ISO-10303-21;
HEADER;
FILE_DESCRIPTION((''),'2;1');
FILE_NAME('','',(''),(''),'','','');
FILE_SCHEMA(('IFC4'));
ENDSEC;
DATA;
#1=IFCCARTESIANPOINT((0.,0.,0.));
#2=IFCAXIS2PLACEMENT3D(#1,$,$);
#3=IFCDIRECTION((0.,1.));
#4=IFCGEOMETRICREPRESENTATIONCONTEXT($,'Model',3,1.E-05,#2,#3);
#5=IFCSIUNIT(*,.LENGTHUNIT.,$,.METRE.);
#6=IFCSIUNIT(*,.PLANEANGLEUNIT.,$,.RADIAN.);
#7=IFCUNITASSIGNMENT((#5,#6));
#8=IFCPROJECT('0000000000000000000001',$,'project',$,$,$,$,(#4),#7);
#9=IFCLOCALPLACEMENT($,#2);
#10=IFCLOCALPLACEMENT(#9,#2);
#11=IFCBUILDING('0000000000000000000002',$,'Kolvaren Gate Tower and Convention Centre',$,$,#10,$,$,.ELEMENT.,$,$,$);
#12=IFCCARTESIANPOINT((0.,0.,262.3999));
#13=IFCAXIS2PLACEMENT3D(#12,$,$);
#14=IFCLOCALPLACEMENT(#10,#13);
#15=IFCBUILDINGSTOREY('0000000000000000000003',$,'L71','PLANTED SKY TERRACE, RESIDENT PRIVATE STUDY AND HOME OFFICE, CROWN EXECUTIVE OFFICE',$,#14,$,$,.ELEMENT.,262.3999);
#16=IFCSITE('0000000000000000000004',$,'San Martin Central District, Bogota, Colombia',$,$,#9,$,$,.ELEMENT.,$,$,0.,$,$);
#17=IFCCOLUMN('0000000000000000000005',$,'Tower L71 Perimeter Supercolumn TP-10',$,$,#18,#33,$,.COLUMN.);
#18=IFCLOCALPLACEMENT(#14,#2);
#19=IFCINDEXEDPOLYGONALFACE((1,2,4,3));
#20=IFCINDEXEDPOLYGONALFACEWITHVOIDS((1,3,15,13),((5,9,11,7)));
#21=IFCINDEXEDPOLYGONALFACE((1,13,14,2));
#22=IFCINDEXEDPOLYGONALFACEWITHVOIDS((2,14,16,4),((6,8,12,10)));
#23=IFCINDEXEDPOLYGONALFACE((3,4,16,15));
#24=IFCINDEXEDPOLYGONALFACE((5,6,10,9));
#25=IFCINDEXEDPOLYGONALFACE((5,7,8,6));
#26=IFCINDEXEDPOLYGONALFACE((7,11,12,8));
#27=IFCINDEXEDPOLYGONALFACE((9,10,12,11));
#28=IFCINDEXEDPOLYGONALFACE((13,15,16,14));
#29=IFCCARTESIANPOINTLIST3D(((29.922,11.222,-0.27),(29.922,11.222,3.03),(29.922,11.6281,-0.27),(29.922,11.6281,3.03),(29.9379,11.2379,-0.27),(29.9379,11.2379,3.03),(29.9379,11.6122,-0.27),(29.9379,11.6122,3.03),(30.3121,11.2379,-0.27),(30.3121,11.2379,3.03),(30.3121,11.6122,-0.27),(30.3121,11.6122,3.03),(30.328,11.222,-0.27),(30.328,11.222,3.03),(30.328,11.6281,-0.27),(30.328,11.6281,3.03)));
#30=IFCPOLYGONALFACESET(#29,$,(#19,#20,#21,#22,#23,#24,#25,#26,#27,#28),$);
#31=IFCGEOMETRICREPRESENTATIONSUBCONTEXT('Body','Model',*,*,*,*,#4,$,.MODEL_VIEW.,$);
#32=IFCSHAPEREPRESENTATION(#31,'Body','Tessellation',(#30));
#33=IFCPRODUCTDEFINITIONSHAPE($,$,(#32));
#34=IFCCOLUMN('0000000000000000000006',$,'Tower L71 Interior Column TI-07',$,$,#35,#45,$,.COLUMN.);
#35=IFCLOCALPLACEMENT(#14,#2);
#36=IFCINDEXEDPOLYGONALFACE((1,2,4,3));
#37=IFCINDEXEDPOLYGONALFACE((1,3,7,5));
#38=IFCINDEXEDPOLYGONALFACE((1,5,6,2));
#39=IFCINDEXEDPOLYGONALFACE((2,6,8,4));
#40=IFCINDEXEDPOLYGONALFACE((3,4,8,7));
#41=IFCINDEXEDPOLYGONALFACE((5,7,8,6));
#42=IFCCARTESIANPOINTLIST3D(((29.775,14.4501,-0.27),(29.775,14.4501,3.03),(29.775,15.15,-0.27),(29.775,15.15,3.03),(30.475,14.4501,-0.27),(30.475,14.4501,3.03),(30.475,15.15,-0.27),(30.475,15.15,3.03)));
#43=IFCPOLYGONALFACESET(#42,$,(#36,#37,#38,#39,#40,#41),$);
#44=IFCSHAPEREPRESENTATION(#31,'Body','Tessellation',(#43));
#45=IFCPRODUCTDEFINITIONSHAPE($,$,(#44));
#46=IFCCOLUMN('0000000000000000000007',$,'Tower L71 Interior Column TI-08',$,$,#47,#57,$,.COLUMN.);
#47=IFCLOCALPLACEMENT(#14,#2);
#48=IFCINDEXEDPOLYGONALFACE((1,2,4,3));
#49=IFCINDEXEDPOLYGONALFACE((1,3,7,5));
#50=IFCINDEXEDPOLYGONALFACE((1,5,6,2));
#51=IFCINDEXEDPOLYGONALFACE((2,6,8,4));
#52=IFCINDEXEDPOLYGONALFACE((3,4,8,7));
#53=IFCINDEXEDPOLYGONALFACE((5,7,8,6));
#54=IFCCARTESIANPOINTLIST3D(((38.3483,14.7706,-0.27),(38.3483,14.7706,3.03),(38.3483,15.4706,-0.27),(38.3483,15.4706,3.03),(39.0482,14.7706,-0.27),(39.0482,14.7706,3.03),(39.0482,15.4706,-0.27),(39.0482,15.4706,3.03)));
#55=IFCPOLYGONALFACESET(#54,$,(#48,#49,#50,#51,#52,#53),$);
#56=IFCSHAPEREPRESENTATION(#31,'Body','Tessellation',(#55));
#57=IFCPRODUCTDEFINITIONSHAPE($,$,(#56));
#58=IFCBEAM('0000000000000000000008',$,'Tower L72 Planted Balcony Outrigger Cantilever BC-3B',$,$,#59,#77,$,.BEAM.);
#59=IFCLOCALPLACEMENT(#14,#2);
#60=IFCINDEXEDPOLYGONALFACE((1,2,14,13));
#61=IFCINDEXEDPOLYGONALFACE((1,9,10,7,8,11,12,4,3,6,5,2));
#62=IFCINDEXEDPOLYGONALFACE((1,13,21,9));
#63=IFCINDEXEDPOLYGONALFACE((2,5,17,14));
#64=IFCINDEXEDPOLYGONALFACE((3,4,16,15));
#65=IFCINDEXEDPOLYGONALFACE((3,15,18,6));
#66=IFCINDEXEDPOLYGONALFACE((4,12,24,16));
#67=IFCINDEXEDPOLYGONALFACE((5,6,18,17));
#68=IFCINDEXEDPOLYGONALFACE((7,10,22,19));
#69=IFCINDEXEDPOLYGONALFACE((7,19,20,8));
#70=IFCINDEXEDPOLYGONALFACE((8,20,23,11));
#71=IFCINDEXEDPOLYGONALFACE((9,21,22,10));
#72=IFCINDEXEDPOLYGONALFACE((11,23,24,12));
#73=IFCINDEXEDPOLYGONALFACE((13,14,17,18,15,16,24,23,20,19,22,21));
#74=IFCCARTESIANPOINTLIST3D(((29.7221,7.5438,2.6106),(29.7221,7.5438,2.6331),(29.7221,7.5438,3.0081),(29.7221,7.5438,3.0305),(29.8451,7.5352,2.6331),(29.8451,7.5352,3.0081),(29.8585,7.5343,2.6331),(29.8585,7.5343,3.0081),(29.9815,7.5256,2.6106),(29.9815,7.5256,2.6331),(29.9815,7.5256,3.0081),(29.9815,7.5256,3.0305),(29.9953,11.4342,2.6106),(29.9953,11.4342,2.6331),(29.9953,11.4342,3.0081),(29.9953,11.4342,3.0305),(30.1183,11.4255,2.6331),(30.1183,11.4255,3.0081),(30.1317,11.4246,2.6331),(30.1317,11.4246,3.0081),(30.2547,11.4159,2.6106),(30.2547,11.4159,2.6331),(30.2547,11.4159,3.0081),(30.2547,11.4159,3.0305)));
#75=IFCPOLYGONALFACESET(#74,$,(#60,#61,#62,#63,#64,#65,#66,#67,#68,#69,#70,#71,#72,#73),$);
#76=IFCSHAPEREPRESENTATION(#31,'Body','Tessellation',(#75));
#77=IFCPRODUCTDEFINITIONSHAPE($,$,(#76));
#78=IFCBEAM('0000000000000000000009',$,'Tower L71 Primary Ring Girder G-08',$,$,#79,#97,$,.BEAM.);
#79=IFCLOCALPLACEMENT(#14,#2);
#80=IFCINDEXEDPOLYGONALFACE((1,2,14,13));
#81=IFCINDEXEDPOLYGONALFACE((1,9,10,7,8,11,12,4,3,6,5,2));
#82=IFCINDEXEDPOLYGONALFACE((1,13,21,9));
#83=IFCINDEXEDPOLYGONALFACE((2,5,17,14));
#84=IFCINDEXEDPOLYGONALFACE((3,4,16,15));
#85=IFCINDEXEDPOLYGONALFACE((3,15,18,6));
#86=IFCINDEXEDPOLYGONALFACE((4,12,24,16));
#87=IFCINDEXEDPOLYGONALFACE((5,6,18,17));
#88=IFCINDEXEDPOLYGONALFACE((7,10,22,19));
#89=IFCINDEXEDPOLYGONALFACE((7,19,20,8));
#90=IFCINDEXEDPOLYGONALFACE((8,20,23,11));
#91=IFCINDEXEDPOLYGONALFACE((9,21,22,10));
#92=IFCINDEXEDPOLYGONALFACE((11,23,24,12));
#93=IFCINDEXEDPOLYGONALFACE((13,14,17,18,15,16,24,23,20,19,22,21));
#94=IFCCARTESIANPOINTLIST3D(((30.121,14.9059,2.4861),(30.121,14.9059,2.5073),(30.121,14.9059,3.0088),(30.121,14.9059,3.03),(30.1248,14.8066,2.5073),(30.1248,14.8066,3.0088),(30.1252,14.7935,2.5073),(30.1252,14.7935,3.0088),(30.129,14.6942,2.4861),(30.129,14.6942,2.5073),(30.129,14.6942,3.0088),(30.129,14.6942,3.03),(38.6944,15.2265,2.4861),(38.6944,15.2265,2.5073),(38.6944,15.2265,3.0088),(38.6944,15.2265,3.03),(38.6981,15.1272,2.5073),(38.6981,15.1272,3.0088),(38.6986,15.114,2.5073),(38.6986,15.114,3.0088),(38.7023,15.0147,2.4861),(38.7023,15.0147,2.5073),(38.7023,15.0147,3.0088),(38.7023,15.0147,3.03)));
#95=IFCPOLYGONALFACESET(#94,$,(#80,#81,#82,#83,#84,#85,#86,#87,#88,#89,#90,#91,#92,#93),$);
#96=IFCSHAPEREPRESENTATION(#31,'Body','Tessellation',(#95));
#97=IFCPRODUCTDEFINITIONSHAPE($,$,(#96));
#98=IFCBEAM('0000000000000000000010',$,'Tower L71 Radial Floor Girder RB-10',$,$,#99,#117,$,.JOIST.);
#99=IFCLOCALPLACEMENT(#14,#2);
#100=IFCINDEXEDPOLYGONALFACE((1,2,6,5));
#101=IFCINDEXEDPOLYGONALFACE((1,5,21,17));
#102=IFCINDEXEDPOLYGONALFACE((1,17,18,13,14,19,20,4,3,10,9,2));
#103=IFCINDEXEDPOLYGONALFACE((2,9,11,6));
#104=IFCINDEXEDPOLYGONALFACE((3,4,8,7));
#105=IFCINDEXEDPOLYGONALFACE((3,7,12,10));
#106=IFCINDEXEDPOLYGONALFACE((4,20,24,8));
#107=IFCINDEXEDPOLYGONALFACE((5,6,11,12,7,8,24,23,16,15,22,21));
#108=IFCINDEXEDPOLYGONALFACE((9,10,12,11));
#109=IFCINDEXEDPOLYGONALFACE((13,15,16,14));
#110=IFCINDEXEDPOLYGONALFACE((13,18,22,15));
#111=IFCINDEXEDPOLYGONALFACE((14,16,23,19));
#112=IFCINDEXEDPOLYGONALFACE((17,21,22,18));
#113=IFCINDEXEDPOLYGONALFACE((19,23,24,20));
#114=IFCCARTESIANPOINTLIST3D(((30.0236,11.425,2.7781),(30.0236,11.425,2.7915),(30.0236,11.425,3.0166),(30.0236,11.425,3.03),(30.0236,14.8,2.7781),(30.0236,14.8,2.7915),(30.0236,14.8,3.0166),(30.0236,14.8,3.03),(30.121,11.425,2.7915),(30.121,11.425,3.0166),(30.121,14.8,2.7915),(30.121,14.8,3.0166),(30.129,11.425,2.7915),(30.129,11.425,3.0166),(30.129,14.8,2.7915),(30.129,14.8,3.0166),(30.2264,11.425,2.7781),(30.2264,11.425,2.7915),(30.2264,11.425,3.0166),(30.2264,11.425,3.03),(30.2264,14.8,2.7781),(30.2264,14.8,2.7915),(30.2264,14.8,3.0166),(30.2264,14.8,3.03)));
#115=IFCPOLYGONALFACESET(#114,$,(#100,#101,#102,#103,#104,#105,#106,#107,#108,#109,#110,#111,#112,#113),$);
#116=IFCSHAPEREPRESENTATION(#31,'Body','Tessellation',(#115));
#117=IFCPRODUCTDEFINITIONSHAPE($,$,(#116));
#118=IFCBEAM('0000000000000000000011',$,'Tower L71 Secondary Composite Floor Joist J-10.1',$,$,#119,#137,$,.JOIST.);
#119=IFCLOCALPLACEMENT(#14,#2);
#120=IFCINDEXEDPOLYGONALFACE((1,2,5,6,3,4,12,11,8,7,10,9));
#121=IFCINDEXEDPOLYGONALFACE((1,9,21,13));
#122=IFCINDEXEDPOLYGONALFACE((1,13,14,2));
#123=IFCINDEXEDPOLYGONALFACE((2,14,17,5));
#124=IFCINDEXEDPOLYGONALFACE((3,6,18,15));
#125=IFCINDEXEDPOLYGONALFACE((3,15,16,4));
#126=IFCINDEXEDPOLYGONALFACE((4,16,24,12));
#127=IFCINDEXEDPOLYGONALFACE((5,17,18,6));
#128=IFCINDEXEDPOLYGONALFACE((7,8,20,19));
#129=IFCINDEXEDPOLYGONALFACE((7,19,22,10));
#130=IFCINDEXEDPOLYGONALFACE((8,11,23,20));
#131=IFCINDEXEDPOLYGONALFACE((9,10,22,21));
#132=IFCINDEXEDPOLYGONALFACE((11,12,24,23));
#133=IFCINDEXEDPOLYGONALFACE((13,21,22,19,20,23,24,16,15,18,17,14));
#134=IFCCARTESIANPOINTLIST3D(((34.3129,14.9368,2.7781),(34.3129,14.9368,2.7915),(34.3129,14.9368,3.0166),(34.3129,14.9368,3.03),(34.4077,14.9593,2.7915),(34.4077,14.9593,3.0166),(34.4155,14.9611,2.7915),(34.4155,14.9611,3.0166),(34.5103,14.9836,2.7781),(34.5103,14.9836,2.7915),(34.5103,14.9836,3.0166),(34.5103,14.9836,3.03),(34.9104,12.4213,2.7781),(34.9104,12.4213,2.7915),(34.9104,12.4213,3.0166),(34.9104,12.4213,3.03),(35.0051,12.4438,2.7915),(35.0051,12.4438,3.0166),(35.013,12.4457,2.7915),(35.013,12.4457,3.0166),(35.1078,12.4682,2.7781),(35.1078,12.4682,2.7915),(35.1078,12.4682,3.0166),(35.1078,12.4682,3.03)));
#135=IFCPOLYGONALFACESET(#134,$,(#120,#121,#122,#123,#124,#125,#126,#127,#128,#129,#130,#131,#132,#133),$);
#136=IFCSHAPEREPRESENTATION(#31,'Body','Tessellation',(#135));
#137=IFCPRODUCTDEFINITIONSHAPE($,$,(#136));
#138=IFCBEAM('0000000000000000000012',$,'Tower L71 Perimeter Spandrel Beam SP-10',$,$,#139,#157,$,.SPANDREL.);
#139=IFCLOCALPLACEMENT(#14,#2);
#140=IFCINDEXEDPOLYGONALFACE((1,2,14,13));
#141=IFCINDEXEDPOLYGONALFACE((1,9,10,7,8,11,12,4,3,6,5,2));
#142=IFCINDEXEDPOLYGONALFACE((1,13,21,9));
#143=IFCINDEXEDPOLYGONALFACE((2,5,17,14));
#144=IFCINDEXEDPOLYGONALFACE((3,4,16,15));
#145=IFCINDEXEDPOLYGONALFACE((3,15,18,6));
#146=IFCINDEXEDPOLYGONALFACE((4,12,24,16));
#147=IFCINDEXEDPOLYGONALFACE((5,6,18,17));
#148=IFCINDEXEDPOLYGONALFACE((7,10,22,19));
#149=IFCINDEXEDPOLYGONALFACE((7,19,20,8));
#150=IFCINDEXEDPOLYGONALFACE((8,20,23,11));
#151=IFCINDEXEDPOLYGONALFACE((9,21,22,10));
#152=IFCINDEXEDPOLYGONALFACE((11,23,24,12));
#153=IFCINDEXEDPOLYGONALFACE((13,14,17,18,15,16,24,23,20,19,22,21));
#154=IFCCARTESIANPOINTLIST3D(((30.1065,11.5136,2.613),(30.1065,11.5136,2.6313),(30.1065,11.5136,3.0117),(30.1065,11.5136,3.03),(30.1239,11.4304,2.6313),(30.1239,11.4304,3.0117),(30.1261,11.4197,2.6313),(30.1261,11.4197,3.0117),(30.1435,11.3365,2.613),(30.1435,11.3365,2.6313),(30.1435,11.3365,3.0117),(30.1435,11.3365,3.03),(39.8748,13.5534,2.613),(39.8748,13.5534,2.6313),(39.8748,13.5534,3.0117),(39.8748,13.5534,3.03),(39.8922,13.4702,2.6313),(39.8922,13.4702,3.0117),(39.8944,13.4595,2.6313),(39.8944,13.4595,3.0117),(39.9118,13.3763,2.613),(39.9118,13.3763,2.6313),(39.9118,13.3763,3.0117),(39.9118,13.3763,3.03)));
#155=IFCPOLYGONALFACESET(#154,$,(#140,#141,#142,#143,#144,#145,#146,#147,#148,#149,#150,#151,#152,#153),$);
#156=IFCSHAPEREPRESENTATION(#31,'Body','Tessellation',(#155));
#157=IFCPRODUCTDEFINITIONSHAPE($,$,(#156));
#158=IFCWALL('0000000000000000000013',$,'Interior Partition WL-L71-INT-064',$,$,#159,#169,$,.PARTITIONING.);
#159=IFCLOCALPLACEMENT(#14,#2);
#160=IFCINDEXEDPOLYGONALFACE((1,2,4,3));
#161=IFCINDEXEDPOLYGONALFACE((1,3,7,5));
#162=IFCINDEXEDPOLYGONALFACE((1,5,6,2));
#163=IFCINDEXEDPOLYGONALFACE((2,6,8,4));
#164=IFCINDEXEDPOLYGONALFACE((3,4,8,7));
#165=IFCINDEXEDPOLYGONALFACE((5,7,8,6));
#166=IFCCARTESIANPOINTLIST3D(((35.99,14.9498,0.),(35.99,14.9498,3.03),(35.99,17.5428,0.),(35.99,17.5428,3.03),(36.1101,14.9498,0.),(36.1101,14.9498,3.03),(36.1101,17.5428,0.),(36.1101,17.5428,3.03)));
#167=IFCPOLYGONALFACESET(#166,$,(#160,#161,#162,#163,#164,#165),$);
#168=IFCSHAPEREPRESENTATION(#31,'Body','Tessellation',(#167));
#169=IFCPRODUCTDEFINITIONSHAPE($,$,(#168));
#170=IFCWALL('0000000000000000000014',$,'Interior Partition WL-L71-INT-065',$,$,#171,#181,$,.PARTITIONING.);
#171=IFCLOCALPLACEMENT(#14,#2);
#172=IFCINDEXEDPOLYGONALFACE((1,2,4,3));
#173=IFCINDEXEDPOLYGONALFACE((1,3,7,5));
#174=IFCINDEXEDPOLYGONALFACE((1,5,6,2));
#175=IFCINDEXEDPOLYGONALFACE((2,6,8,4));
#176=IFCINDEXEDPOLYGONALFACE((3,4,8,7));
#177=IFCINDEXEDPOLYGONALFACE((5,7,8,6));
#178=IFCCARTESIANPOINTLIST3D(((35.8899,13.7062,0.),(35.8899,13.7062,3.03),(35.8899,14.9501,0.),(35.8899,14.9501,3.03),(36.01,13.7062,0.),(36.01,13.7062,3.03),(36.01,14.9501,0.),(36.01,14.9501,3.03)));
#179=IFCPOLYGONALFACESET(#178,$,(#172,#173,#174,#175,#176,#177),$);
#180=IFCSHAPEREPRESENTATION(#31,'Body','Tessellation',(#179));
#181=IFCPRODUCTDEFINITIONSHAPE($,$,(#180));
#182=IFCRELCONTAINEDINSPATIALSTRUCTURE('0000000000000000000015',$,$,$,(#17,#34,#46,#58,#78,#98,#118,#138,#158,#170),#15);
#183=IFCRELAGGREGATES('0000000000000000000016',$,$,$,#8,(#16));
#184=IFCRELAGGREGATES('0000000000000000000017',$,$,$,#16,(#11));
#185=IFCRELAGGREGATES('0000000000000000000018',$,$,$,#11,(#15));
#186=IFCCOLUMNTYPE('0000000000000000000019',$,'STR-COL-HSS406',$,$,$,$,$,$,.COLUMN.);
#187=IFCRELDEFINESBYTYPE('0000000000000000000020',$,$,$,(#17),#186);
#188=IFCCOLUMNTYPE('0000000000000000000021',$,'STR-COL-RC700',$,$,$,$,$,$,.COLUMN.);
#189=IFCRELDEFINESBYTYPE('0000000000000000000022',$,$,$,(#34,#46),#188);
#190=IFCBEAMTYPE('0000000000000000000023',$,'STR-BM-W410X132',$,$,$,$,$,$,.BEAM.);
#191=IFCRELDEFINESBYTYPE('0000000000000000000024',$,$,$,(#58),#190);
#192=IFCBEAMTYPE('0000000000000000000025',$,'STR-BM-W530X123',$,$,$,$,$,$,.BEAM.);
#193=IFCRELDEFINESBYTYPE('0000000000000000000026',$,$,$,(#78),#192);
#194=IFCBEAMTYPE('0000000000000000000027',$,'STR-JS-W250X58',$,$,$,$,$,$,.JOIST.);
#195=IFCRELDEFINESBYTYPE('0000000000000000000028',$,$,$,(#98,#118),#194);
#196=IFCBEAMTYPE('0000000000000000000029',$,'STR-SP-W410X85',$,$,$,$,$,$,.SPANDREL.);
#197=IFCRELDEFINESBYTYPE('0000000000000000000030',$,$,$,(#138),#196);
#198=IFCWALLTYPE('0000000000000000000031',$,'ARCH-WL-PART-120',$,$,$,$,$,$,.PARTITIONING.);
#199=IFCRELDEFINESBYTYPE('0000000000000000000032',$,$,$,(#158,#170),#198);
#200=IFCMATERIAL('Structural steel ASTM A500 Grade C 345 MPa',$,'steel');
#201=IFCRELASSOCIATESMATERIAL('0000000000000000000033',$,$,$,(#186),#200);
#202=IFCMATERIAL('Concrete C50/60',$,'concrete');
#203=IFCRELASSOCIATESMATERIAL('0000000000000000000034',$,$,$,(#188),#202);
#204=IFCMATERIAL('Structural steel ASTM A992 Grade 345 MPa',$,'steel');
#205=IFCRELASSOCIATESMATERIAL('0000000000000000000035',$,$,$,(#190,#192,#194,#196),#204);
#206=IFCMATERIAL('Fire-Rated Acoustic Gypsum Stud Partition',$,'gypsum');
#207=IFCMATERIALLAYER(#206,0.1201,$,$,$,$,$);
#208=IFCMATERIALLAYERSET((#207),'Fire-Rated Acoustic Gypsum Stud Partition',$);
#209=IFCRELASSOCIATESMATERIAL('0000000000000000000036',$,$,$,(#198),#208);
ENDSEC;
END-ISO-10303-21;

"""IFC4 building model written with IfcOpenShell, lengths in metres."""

from ifc_helpers import new_model, si_unit, direction, frame, frame_2d, origin, origin_2d, place, context, subcontext, project, spatial, rectangle, hollow_rectangle, i_section, extrude, material, layer, layer_set, material_profile, profile_set, type_object, element, save


model = new_model("IFC4")

# Units and contexts
model_context = context("Model", 3, precision=1e-05, world=origin(), true_north=direction((0.0, 1.0)))
body_context = subcontext(model_context, "Body", "Model", "MODEL_VIEW")
ifc_project = project(units=[si_unit("LENGTHUNIT", "METRE"), si_unit("PLANEANGLEUNIT", "RADIAN")], contexts=[model_context])

# Site, building, storey
site_placement = place(None, origin())
site = spatial("IfcSite", under=ifc_project, at=site_placement, Name="San Martin Central District, Bogota, Colombia", CompositionType="ELEMENT", RefElevation=0.0)
building_placement = place(site_placement, origin())
building = spatial("IfcBuilding", under=site, at=building_placement, Name="Kolvaren Gate Tower and Convention Centre", CompositionType="ELEMENT")
storey_placement = place(building_placement, frame((0.0, 0.0, 262.3999)))
storey = spatial("IfcBuildingStorey", under=building, at=storey_placement, Name="L71", Description="PLANTED SKY TERRACE, RESIDENT PRIVATE STUDY AND HOME OFFICE, CROWN EXECUTIVE OFFICE", CompositionType="ELEMENT", Elevation=262.3999)

# Columns
ifc_material_1 = material(Name="Structural steel ASTM A500 Grade C 345 MPa", Category="steel")
ifc_material_profile_1 = material_profile(ifc_material_1, hollow_rectangle(XDim=0.406, YDim=0.406, WallThickness=0.0159, at=origin_2d()), Name="HSS406X406X15.9")
ifc_profile_set_1 = profile_set([ifc_material_profile_1], Name="Structural steel ASTM A500 Grade C 345 MPa")
column_type_1 = type_object("IfcColumnType", Name="STR-COL-HSS406", PredefinedType="COLUMN", material=ifc_profile_set_1)
column_placement = place(storey_placement, frame((30.125, 11.425, -0.27), z_axis=(0.0, 0.0, 1.0), x_axis=(1.0, 0.0, 0.0)))
element("IfcColumn", 1, at=column_placement, inside=storey, type_object=column_type_1, Name="Tower L71 Perimeter Supercolumn TP-10", PredefinedType="COLUMN", context=body_context, shape_type="SweptSolid", body=[
    extrude(hollow_rectangle(XDim=0.406, YDim=0.406, WallThickness=0.0159, at=origin_2d()), origin(), (0.0, 0.0, 1.0), 3.3),
])
ifc_material_2 = material(Name="Concrete C50/60", Category="concrete")
ifc_material_profile_2 = material_profile(ifc_material_2, rectangle(XDim=0.7, YDim=0.7, at=origin_2d()), Name="RC-COL-700X700")
ifc_profile_set_2 = profile_set([ifc_material_profile_2], Name="Concrete C50/60")
column_type_2 = type_object("IfcColumnType", Name="STR-COL-RC700", PredefinedType="COLUMN", material=ifc_profile_set_2)
for number, where, z_axis, x_axis, name in (
    (2, (30.125, 14.8, -0.27), (0.0, 0.0, 1.0), (1.0, 0.0, 0.0), "Tower L71 Interior Column TI-07"),
    (3, (38.6982, 15.1206, -0.27), (0.0, 0.0, 1.0), (1.0, 0.0, 0.0), "Tower L71 Interior Column TI-08"),
):
    element("IfcColumn", number, at=place(storey_placement, frame(where, z_axis=z_axis, x_axis=x_axis)), inside=storey, type_object=column_type_2, Name=name, PredefinedType="COLUMN", context=body_context, shape_type="SweptSolid", body=[
        extrude(rectangle(XDim=0.7, YDim=0.7, at=origin_2d()), origin(), (0.0, 0.0, 1.0), 3.3),
    ])

# Beams
ifc_material_3 = material(Name="Structural steel ASTM A992 Grade 345 MPa", Category="steel")
ifc_material_profile_3 = material_profile(ifc_material_3, i_section(OverallWidth=0.26, OverallDepth=0.4199, WebThickness=0.0134, FlangeThickness=0.0225, at=origin_2d()), Name="W410X132")
ifc_profile_set_3 = profile_set([ifc_material_profile_3], Name="Structural steel ASTM A992 Grade 345 MPa")
beam_type_1 = type_object("IfcBeamType", Name="STR-BM-W410X132", PredefinedType="BEAM", material=ifc_profile_set_3)
beam_1_placement = place(storey_placement, frame((30.125, 11.425, 2.8206), z_axis=(-0.07005, -0.997543, 0.0), x_axis=(0.997543, -0.07005, 0.0)))
element("IfcBeam", 4, at=beam_1_placement, inside=storey, type_object=beam_type_1, Name="Tower L72 Planted Balcony Outrigger Cantilever BC-3B", PredefinedType="BEAM", context=body_context, shape_type="SweptSolid", body=[
    extrude(i_section(OverallWidth=0.26, OverallDepth=0.4199, WebThickness=0.0134, FlangeThickness=0.0225, at=origin_2d()), origin(), (0.0, 0.0, 1.0), 3.8999),
])
ifc_material_profile_4 = material_profile(ifc_material_3, i_section(OverallWidth=0.2119, OverallDepth=0.5439, WebThickness=0.0132, FlangeThickness=0.0212, at=origin_2d()), Name="W530X123")
ifc_profile_set_4 = profile_set([ifc_material_profile_4], Name="Structural steel ASTM A992 Grade 345 MPa")
beam_type_2 = type_object("IfcBeamType", Name="STR-BM-W530X123", PredefinedType="BEAM", material=ifc_profile_set_4)
beam_2_placement = place(storey_placement, frame((30.125, 14.8, 2.7581), z_axis=(0.999302, 0.037364, 0.0), x_axis=(-0.037364, 0.999302, 0.0)))
element("IfcBeam", 5, at=beam_2_placement, inside=storey, type_object=beam_type_2, Name="Tower L71 Primary Ring Girder G-08", PredefinedType="BEAM", context=body_context, shape_type="SweptSolid", body=[
    extrude(i_section(OverallWidth=0.2119, OverallDepth=0.5439, WebThickness=0.0132, FlangeThickness=0.0212, at=origin_2d()), origin(), (0.0, 0.0, 1.0), 8.5793),
])
ifc_material_profile_5 = material_profile(ifc_material_3, i_section(OverallWidth=0.2029, OverallDepth=0.252, WebThickness=0.0081, FlangeThickness=0.0134, at=origin_2d()), Name="W250X58")
ifc_profile_set_5 = profile_set([ifc_material_profile_5], Name="Structural steel ASTM A992 Grade 345 MPa")
beam_type_3 = type_object("IfcBeamType", Name="STR-JS-W250X58", PredefinedType="JOIST", material=ifc_profile_set_5)
beam_3_placement = place(storey_placement, frame((30.125, 14.8, 2.9041), z_axis=(0.0, -1.0, 0.0), x_axis=(1.0, 0.0, 0.0)))
element("IfcBeam", 6, at=beam_3_placement, inside=storey, type_object=beam_type_3, Name="Tower L71 Radial Floor Girder RB-10", PredefinedType="JOIST", context=body_context, shape_type="SweptSolid", body=[
    extrude(i_section(OverallWidth=0.2029, OverallDepth=0.252, WebThickness=0.0081, FlangeThickness=0.0134, at=origin_2d()), origin(), (0.0, 0.0, 1.0), 3.375),
])
beam_4_placement = place(storey_placement, frame((34.4116, 14.9602, 2.9041), z_axis=(0.231076, -0.972936, 0.0), x_axis=(0.972936, 0.231076, 0.0)))
element("IfcBeam", 7, at=beam_4_placement, inside=storey, type_object=beam_type_3, Name="Tower L71 Secondary Composite Floor Joist J-10.1", PredefinedType="JOIST", context=body_context, shape_type="SweptSolid", body=[
    extrude(i_section(OverallWidth=0.2029, OverallDepth=0.252, WebThickness=0.0081, FlangeThickness=0.0134, at=origin_2d()), origin(), (0.0, 0.0, 1.0), 2.5854),
])
ifc_material_profile_6 = material_profile(ifc_material_3, i_section(OverallWidth=0.1809, OverallDepth=0.417, WebThickness=0.011, FlangeThickness=0.0183, at=origin_2d()), Name="W410X85")
ifc_profile_set_6 = profile_set([ifc_material_profile_6], Name="Structural steel ASTM A992 Grade 345 MPa")
beam_type_4 = type_object("IfcBeamType", Name="STR-SP-W410X85", PredefinedType="SPANDREL", material=ifc_profile_set_6)
beam_5_placement = place(storey_placement, frame((30.125, 11.425, 2.8215), z_axis=(0.978886, 0.204409, 0.0), x_axis=(-0.204409, 0.978886, 0.0)))
element("IfcBeam", 8, at=beam_5_placement, inside=storey, type_object=beam_type_4, Name="Tower L71 Perimeter Spandrel Beam SP-10", PredefinedType="SPANDREL", context=body_context, shape_type="SweptSolid", body=[
    extrude(i_section(OverallWidth=0.1809, OverallDepth=0.417, WebThickness=0.011, FlangeThickness=0.0183, at=origin_2d()), origin(), (0.0, 0.0, 1.0), 9.979),
])

# Walls
ifc_material_4 = material(Name="Fire-Rated Acoustic Gypsum Stud Partition", Category="gypsum")
ifc_layer_1 = layer(ifc_material_4, 0.1201)
ifc_layer_set_1 = layer_set([ifc_layer_1], Name="Fire-Rated Acoustic Gypsum Stud Partition")
wall_type_1 = type_object("IfcWallType", Name="ARCH-WL-PART-120", PredefinedType="PARTITIONING", material=ifc_layer_set_1)
wall_1_placement = place(storey_placement, frame((36.05, 14.95, 0.0), z_axis=(0.0, 0.0, 1.0), x_axis=(0.0, 1.0, 0.0)))
element("IfcWall", 9, at=wall_1_placement, inside=storey, type_object=wall_type_1, Name="Interior Partition WL-L71-INT-064", PredefinedType="PARTITIONING", context=body_context, shape_type="SweptSolid", body=[
    extrude(rectangle(XDim=2.593, YDim=0.1201, at=frame_2d((1.2964, 0.0))), origin(), (0.0, 0.0, 1.0), 3.03),
])
wall_2_placement = place(storey_placement, frame((35.95, 13.7061, 0.0), z_axis=(0.0, 0.0, 1.0), x_axis=(0.0, 1.0, 0.0)))
element("IfcWall", 10, at=wall_2_placement, inside=storey, type_object=wall_type_1, Name="Interior Partition WL-L71-INT-065", PredefinedType="PARTITIONING", context=body_context, shape_type="SweptSolid", body=[
    extrude(rectangle(XDim=1.2439, YDim=0.1201, at=frame_2d((0.6221, 0.0))), origin(), (0.0, 0.0, 1.0), 3.03),
])

save(model, "model.ifc")
